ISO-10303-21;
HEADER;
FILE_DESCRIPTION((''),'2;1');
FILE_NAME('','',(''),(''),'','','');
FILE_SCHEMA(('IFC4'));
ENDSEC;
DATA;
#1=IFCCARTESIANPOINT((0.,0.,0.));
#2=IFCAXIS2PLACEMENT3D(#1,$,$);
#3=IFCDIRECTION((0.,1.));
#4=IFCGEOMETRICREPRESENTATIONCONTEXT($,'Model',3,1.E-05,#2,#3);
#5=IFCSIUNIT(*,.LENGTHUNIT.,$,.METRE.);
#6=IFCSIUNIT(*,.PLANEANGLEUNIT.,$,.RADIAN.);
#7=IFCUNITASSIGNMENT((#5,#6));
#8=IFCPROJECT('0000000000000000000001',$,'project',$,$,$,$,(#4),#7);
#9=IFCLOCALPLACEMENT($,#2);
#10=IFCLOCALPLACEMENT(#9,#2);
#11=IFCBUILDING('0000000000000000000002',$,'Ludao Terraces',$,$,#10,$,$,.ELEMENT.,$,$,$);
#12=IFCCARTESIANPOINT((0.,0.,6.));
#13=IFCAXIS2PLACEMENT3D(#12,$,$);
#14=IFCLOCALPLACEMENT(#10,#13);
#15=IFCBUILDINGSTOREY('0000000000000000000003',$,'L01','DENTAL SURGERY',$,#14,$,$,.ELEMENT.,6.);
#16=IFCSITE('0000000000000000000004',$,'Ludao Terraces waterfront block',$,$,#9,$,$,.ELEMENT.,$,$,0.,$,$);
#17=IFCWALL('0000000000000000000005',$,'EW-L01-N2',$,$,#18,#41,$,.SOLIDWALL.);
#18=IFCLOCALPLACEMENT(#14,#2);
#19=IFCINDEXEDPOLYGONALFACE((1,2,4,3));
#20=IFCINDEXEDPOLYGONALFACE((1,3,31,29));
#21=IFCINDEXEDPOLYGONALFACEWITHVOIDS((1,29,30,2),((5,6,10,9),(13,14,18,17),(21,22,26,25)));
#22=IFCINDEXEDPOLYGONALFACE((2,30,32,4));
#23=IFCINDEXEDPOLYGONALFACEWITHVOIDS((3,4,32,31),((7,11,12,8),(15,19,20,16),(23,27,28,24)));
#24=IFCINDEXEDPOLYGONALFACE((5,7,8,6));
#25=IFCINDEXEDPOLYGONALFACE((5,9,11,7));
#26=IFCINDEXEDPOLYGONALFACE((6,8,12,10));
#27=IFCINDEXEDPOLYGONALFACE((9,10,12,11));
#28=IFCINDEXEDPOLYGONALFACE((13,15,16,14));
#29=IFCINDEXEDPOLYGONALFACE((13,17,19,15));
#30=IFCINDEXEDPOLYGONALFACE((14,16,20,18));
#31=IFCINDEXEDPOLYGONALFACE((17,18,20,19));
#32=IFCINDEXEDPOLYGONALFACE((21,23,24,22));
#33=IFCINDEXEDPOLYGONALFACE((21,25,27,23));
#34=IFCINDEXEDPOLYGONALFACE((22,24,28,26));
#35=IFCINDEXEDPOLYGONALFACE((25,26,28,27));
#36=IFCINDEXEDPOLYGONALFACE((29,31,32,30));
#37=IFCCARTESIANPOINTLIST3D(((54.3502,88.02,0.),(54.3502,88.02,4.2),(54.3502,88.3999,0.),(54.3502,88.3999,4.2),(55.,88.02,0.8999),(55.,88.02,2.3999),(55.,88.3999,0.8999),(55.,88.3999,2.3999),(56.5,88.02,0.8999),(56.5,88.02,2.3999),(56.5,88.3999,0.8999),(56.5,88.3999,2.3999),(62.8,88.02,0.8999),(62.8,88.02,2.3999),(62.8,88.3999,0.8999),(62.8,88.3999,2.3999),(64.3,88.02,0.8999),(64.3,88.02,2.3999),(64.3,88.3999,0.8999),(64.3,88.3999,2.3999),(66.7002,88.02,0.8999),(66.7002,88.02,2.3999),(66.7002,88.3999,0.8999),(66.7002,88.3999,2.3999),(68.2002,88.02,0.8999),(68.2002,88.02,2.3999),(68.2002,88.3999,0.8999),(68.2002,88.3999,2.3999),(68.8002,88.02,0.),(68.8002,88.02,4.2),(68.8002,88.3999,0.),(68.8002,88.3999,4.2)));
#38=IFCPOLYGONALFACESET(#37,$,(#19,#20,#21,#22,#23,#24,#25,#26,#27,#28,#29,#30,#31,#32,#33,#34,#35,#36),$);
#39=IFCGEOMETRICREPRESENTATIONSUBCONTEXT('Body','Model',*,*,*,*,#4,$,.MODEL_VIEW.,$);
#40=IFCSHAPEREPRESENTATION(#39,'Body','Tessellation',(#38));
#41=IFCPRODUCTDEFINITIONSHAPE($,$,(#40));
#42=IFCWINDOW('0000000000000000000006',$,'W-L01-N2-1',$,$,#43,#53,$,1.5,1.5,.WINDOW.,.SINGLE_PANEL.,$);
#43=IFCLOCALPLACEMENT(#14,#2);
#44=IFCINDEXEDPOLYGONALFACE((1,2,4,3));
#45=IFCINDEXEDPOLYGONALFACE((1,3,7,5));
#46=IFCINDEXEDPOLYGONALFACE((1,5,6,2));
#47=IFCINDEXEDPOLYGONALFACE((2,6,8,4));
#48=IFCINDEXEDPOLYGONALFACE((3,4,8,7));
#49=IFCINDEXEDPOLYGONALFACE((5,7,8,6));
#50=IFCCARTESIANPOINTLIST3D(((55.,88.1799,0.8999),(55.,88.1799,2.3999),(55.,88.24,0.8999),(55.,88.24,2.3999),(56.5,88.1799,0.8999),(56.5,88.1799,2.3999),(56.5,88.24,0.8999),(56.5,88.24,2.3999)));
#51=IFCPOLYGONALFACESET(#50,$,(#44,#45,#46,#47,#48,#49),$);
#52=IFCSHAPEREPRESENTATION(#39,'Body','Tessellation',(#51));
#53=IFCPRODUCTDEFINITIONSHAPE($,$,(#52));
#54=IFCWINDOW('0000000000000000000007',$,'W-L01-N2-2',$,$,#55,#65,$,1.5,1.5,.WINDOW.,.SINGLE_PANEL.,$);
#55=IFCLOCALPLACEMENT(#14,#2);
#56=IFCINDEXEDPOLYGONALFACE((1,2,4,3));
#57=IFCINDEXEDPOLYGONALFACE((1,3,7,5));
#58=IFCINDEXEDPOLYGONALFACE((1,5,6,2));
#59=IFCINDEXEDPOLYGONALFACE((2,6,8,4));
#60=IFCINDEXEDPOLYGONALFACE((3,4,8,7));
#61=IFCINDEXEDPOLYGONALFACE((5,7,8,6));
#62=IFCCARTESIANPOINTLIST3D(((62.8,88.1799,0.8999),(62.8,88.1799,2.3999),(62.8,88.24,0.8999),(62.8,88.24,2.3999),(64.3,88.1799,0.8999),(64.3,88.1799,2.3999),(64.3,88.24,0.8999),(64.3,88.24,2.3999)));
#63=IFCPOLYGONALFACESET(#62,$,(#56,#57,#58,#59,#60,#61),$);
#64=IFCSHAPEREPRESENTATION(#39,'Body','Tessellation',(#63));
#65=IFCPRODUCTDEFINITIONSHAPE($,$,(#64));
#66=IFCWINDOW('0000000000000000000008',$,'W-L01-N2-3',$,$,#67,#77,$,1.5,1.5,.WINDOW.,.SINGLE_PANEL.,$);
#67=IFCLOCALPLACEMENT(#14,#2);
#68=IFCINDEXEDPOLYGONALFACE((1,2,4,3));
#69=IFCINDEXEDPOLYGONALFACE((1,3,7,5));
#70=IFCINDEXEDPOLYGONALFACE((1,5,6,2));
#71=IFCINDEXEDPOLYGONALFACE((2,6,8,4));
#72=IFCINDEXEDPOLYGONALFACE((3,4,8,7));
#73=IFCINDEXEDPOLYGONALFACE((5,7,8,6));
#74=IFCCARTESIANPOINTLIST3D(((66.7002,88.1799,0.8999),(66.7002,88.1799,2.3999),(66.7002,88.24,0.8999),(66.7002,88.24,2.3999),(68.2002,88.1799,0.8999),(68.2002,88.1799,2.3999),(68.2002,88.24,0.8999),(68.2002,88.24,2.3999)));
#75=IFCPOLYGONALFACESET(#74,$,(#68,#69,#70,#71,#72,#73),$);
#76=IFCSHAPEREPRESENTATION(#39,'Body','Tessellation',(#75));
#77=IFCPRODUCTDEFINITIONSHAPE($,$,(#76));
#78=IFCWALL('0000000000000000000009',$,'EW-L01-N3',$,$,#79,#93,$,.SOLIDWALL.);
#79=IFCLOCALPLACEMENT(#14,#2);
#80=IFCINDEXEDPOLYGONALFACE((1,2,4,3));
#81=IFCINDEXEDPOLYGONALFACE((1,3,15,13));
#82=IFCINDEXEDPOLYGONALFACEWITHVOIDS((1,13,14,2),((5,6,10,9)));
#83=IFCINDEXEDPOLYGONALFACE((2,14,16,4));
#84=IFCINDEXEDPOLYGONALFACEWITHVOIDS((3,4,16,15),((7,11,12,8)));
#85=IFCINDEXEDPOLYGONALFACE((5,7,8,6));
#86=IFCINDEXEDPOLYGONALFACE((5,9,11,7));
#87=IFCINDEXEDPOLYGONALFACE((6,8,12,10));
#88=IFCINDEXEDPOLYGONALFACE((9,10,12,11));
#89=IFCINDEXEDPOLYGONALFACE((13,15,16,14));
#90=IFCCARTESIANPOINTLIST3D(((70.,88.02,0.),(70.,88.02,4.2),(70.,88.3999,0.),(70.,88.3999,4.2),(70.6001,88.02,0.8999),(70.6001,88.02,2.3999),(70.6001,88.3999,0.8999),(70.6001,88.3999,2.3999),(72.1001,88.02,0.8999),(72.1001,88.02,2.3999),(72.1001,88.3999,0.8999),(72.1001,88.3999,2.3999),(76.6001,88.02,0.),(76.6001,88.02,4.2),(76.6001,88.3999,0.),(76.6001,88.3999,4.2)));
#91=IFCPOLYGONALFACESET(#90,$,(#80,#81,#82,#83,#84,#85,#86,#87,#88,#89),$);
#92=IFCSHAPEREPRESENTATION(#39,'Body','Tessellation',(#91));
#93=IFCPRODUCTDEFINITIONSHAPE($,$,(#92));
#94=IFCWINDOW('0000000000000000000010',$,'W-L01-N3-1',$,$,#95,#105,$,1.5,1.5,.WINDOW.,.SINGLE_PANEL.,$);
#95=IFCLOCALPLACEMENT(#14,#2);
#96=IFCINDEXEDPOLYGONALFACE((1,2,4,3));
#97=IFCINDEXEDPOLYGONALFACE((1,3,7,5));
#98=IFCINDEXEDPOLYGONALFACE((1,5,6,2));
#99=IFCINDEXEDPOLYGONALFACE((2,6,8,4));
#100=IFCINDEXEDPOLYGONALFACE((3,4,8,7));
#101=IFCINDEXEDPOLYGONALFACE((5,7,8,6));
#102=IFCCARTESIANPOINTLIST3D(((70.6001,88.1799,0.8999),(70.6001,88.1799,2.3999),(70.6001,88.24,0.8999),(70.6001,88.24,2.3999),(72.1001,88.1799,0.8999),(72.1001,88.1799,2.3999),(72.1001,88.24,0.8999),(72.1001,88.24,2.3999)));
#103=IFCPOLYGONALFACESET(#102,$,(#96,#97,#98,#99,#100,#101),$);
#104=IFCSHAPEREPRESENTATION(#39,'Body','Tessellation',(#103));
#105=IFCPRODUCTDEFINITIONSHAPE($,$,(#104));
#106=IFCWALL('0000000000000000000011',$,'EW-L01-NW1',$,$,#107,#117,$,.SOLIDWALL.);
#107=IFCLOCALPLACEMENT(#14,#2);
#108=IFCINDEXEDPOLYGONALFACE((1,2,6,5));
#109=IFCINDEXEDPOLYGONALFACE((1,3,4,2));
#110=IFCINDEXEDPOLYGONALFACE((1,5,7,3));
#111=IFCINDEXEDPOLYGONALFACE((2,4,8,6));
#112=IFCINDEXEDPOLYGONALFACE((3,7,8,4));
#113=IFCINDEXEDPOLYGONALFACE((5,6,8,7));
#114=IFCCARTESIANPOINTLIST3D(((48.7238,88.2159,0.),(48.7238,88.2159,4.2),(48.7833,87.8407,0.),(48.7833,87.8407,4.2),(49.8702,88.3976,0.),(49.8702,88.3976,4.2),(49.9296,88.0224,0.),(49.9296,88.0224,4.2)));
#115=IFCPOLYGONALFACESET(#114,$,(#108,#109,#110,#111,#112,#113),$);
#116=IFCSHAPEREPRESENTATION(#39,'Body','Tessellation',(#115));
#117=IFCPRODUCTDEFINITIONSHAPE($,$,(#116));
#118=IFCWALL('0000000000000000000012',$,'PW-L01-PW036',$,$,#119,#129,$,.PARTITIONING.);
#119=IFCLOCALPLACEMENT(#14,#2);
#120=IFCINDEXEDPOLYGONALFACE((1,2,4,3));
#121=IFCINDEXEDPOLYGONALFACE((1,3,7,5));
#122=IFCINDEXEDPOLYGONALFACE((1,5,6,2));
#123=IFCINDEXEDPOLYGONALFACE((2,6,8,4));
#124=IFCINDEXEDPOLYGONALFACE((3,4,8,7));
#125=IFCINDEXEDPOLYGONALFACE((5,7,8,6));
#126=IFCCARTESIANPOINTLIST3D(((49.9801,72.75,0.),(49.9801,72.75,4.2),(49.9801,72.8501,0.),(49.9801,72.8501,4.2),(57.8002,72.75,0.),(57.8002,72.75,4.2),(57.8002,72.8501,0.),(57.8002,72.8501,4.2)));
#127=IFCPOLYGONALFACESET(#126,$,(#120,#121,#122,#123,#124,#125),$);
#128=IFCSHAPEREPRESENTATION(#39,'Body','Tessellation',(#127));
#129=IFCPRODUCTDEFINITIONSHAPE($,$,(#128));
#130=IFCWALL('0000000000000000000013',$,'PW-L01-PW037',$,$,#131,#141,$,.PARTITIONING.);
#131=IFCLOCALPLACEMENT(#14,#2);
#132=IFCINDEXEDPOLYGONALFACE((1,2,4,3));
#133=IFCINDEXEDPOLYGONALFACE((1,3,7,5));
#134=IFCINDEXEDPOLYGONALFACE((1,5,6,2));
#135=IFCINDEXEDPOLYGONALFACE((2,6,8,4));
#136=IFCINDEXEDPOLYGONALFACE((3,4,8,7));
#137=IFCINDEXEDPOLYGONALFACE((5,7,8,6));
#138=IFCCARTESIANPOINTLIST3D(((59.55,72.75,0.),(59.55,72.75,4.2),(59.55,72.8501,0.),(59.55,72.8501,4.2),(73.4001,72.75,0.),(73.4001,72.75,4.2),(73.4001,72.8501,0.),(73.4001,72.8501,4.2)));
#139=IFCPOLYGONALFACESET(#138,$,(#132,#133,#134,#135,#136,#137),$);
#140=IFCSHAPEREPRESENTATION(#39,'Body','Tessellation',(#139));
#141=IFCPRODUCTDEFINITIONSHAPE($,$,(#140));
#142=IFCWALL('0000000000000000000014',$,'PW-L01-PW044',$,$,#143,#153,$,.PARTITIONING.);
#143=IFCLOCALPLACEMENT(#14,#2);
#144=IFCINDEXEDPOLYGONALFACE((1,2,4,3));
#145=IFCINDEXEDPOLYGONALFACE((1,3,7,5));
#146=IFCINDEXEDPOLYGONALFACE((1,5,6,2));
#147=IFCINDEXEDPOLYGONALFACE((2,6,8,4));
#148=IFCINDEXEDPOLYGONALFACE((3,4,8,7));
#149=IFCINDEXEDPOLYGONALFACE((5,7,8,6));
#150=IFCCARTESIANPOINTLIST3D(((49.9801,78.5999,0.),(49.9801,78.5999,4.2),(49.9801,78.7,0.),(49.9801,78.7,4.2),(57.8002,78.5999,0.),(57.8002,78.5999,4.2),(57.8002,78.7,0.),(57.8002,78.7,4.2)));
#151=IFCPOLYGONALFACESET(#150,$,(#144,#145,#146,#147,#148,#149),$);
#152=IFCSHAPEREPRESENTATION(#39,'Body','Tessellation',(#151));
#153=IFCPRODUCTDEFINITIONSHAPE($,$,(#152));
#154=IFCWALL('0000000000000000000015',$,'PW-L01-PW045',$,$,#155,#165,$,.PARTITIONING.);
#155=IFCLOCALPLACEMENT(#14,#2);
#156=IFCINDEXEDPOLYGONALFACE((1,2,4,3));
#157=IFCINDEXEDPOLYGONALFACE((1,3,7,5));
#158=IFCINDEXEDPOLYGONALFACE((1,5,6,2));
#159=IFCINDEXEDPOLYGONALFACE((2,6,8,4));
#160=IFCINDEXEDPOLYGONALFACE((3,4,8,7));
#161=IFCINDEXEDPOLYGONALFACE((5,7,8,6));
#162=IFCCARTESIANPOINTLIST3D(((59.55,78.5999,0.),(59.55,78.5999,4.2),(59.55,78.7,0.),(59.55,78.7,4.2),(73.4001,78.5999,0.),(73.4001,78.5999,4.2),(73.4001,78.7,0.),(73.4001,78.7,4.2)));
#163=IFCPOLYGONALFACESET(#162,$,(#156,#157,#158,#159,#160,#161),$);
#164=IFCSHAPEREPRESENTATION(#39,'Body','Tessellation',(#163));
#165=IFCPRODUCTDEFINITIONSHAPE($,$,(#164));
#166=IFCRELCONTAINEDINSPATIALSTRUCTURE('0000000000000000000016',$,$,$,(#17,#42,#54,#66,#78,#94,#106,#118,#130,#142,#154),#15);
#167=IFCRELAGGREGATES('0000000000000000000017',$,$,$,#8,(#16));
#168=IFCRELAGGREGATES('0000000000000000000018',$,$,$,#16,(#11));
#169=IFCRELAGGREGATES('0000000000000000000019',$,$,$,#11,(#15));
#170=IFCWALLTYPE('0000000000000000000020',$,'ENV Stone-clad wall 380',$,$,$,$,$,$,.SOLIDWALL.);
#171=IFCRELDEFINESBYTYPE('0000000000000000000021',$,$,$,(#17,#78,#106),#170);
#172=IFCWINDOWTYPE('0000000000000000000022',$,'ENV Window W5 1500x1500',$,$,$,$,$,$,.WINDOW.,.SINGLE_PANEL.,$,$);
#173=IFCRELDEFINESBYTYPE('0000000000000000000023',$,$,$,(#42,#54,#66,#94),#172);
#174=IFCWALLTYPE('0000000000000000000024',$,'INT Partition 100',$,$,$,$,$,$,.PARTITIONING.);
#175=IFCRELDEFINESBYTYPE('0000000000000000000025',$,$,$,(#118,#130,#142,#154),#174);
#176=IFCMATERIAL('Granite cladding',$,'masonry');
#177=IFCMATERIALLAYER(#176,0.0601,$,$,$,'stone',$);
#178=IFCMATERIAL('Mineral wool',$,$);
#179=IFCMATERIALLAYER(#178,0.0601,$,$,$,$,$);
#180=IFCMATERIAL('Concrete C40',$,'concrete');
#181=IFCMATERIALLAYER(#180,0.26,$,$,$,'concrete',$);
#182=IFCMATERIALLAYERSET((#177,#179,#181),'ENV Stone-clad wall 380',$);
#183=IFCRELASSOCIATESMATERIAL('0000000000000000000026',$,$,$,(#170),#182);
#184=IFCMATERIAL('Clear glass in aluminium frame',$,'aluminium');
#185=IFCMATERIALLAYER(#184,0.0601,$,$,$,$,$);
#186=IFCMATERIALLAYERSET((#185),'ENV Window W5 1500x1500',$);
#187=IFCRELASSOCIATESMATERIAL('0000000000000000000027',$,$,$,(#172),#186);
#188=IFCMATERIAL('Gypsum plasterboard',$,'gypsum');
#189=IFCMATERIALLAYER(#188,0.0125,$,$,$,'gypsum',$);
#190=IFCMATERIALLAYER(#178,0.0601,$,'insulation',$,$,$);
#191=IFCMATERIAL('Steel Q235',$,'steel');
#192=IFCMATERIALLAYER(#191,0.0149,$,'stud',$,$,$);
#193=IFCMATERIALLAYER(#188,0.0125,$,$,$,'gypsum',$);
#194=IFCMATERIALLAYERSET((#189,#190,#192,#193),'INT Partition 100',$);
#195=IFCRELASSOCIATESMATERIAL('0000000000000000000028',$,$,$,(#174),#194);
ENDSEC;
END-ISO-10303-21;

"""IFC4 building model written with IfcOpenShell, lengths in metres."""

from ifc_helpers import new_model, si_unit, direction, frame, frame_2d, origin, place, context, subcontext, project, spatial, rectangle, extrude, material, layer, layer_set, type_object, element, fill, save


model = new_model("IFC4")

# Units and contexts
model_context = context("Model", 3, precision=1e-05, world=origin(), true_north=direction((0.0, 1.0)))
body_context = subcontext(model_context, "Body", "Model", "MODEL_VIEW")
ifc_project = project(units=[si_unit("LENGTHUNIT", "METRE"), si_unit("PLANEANGLEUNIT", "RADIAN")], contexts=[model_context])

# Site, building, storey
site_placement = place(None, origin())
site = spatial("IfcSite", under=ifc_project, at=site_placement, Name="Ludao Terraces waterfront block", CompositionType="ELEMENT", RefElevation=0.0)
building_placement = place(site_placement, origin())
building = spatial("IfcBuilding", under=site, at=building_placement, Name="Ludao Terraces", CompositionType="ELEMENT")
storey_placement = place(building_placement, frame((0.0, 0.0, 6.0)))
storey = spatial("IfcBuildingStorey", under=building, at=storey_placement, Name="L01", Description="DENTAL SURGERY", CompositionType="ELEMENT", Elevation=6.0)

# Shared definitions
ifc_material_1 = material(Name="Granite cladding", Category="masonry")
ifc_layer_1 = layer(ifc_material_1, 0.0601, Category="stone")
ifc_material_2 = material(Name="Mineral wool")
ifc_layer_2 = layer(ifc_material_2, 0.0601)
ifc_material_3 = material(Name="Concrete C40", Category="concrete")
ifc_layer_3 = layer(ifc_material_3, 0.26, Category="concrete")
ifc_layer_set_1 = layer_set([ifc_layer_1, ifc_layer_2, ifc_layer_3], Name="ENV Stone-clad wall 380")
wall_type_1 = type_object("IfcWallType", Name="ENV Stone-clad wall 380", PredefinedType="SOLIDWALL", material=ifc_layer_set_1)
ifc_material_4 = material(Name="Clear glass in aluminium frame", Category="aluminium")
ifc_layer_4 = layer(ifc_material_4, 0.0601)
ifc_layer_set_2 = layer_set([ifc_layer_4], Name="ENV Window W5 1500x1500")
window_type = type_object("IfcWindowType", Name="ENV Window W5 1500x1500", PartitioningType="SINGLE_PANEL", PredefinedType="WINDOW", material=ifc_layer_set_2)

# Wall, openings, windows
wall_1_placement = place(storey_placement, frame((54.3501, 88.21, 0.0), z_axis=(0.0, 0.0, 1.0), x_axis=(1.0, 0.0, 0.0)))
wall_1 = element("IfcWall", 1, at=wall_1_placement, inside=storey, type_object=wall_type_1, Name="EW-L01-N2", PredefinedType="SOLIDWALL", context=body_context, shape_type="SweptSolid", body=[
    extrude(rectangle(XDim=14.45, YDim=0.3799, at=frame_2d((7.2251, 0.0))), origin(), (0.0, 0.0, 1.0), 4.2),
])
opening_1_placement = place(wall_1_placement, frame((0.6499, 0.0, 0.8999)))
opening_1 = element("IfcOpeningElement", 2, at=opening_1_placement, cuts=wall_1, PredefinedType="OPENING", context=body_context, shape_type="SweptSolid", body=[
    extrude(rectangle(XDim=1.5, YDim=1.5, at=frame_2d((0.75, 0.75))), frame((0.0, 0.2, 0.0), z_axis=(0.0, -1.0, 0.0), x_axis=(1.0, 0.0, 0.0)), (0.0, 0.0, 1.0), 0.3999),
])
opening_2_placement = place(wall_1_placement, frame((8.45, 0.0, 0.8999)))
opening_2 = element("IfcOpeningElement", 3, at=opening_2_placement, cuts=wall_1, PredefinedType="OPENING", context=body_context, shape_type="SweptSolid", body=[
    extrude(rectangle(XDim=1.5, YDim=1.5, at=frame_2d((0.75, 0.75))), frame((0.0, 0.2, 0.0), z_axis=(0.0, -1.0, 0.0), x_axis=(1.0, 0.0, 0.0)), (0.0, 0.0, 1.0), 0.3999),
])
opening_3_placement = place(wall_1_placement, frame((12.3501, 0.0, 0.8999)))
opening_3 = element("IfcOpeningElement", 4, at=opening_3_placement, cuts=wall_1, PredefinedType="OPENING", context=body_context, shape_type="SweptSolid", body=[
    extrude(rectangle(XDim=1.5, YDim=1.5, at=frame_2d((0.75, 0.75))), frame((0.0, 0.2, 0.0), z_axis=(0.0, -1.0, 0.0), x_axis=(1.0, 0.0, 0.0)), (0.0, 0.0, 1.0), 0.3999),
])
window_1_placement = place(opening_1_placement, origin())
window_1 = element("IfcWindow", 5, at=window_1_placement, inside=storey, type_object=window_type, Name="W-L01-N2-1", OverallHeight=1.5, OverallWidth=1.5, PartitioningType="SINGLE_PANEL", PredefinedType="WINDOW", context=body_context, shape_type="SweptSolid", body=[
    extrude(rectangle(XDim=1.5, YDim=1.5, at=frame_2d((0.75, 0.75))), frame((0.0, 0.03, 0.0), z_axis=(0.0, -1.0, 0.0), x_axis=(1.0, 0.0, 0.0)), (0.0, 0.0, 1.0), 0.0601),
])
fill(opening_1, window_1)
window_2_placement = place(opening_2_placement, origin())
window_2 = element("IfcWindow", 6, at=window_2_placement, inside=storey, type_object=window_type, Name="W-L01-N2-2", OverallHeight=1.5, OverallWidth=1.5, PartitioningType="SINGLE_PANEL", PredefinedType="WINDOW", context=body_context, shape_type="SweptSolid", body=[
    extrude(rectangle(XDim=1.5, YDim=1.5, at=frame_2d((0.75, 0.75))), frame((0.0, 0.03, 0.0), z_axis=(0.0, -1.0, 0.0), x_axis=(1.0, 0.0, 0.0)), (0.0, 0.0, 1.0), 0.0601),
])
fill(opening_2, window_2)
window_3_placement = place(opening_3_placement, origin())
window_3 = element("IfcWindow", 7, at=window_3_placement, inside=storey, type_object=window_type, Name="W-L01-N2-3", OverallHeight=1.5, OverallWidth=1.5, PartitioningType="SINGLE_PANEL", PredefinedType="WINDOW", context=body_context, shape_type="SweptSolid", body=[
    extrude(rectangle(XDim=1.5, YDim=1.5, at=frame_2d((0.75, 0.75))), frame((0.0, 0.03, 0.0), z_axis=(0.0, -1.0, 0.0), x_axis=(1.0, 0.0, 0.0)), (0.0, 0.0, 1.0), 0.0601),
])
fill(opening_3, window_3)

# Wall, opening, window
wall_2_placement = place(storey_placement, frame((70.0, 88.21, 0.0), z_axis=(0.0, 0.0, 1.0), x_axis=(1.0, 0.0, 0.0)))
wall_2 = element("IfcWall", 8, at=wall_2_placement, inside=storey, type_object=wall_type_1, Name="EW-L01-N3", PredefinedType="SOLIDWALL", context=body_context, shape_type="SweptSolid", body=[
    extrude(rectangle(XDim=6.6001, YDim=0.3799, at=frame_2d((3.3, 0.0))), origin(), (0.0, 0.0, 1.0), 4.2),
])
opening_4_placement = place(wall_2_placement, frame((0.6001, 0.0, 0.8999)))
opening_4 = element("IfcOpeningElement", 9, at=opening_4_placement, cuts=wall_2, PredefinedType="OPENING", context=body_context, shape_type="SweptSolid", body=[
    extrude(rectangle(XDim=1.5, YDim=1.5, at=frame_2d((0.75, 0.75))), frame((0.0, 0.2, 0.0), z_axis=(0.0, -1.0, 0.0), x_axis=(1.0, 0.0, 0.0)), (0.0, 0.0, 1.0), 0.3999),
])
window_4_placement = place(opening_4_placement, origin())
window_4 = element("IfcWindow", 10, at=window_4_placement, inside=storey, type_object=window_type, Name="W-L01-N3-1", OverallHeight=1.5, OverallWidth=1.5, PartitioningType="SINGLE_PANEL", PredefinedType="WINDOW", context=body_context, shape_type="SweptSolid", body=[
    extrude(rectangle(XDim=1.5, YDim=1.5, at=frame_2d((0.75, 0.75))), frame((0.0, 0.03, 0.0), z_axis=(0.0, -1.0, 0.0), x_axis=(1.0, 0.0, 0.0)), (0.0, 0.0, 1.0), 0.0601),
])
fill(opening_4, window_4)

# Walls
wall_3_placement = place(storey_placement, frame((49.8999, 88.21, 0.0), z_axis=(0.0, 0.0, 1.0), x_axis=(-0.987676, -0.156513, 0.0)))
element("IfcWall", 11, at=wall_3_placement, inside=storey, type_object=wall_type_1, Name="EW-L01-NW1", PredefinedType="SOLIDWALL", context=body_context, shape_type="SweptSolid", body=[
    extrude(rectangle(XDim=1.1606, YDim=0.3799, at=frame_2d((0.5803, 0.0))), origin(), (0.0, 0.0, 1.0), 4.2),
])
ifc_material_5 = material(Name="Gypsum plasterboard", Category="gypsum")
ifc_layer_5 = layer(ifc_material_5, 0.0125, Category="gypsum")
ifc_layer_6 = layer(ifc_material_2, 0.0601, Name="insulation")
ifc_material_6 = material(Name="Steel Q235", Category="steel")
ifc_layer_7 = layer(ifc_material_6, 0.0149, Name="stud")
ifc_layer_8 = layer(ifc_material_5, 0.0125, Category="gypsum")
ifc_layer_set_3 = layer_set([ifc_layer_5, ifc_layer_6, ifc_layer_7, ifc_layer_8], Name="INT Partition 100")
wall_type_2 = type_object("IfcWallType", Name="INT Partition 100", PredefinedType="PARTITIONING", material=ifc_layer_set_3)
wall_4_placement = place(storey_placement, frame((49.98, 72.8, 0.0), z_axis=(0.0, 0.0, 1.0), x_axis=(1.0, 0.0, 0.0)))
element("IfcWall", 12, at=wall_4_placement, inside=storey, type_object=wall_type_2, Name="PW-L01-PW036", PredefinedType="PARTITIONING", context=body_context, shape_type="SweptSolid", body=[
    extrude(rectangle(XDim=7.8201, YDim=0.1001, at=frame_2d((3.9102, 0.0))), origin(), (0.0, 0.0, 1.0), 4.2),
])
wall_5_placement = place(storey_placement, frame((59.55, 72.8, 0.0), z_axis=(0.0, 0.0, 1.0), x_axis=(1.0, 0.0, 0.0)))
element("IfcWall", 13, at=wall_5_placement, inside=storey, type_object=wall_type_2, Name="PW-L01-PW037", PredefinedType="PARTITIONING", context=body_context, shape_type="SweptSolid", body=[
    extrude(rectangle(XDim=13.8501, YDim=0.1001, at=frame_2d((6.925, 0.0))), origin(), (0.0, 0.0, 1.0), 4.2),
])
wall_6_placement = place(storey_placement, frame((49.98, 78.6499, 0.0), z_axis=(0.0, 0.0, 1.0), x_axis=(1.0, 0.0, 0.0)))
element("IfcWall", 14, at=wall_6_placement, inside=storey, type_object=wall_type_2, Name="PW-L01-PW044", PredefinedType="PARTITIONING", context=body_context, shape_type="SweptSolid", body=[
    extrude(rectangle(XDim=7.8201, YDim=0.1001, at=frame_2d((3.9102, 0.0))), origin(), (0.0, 0.0, 1.0), 4.2),
])
wall_7_placement = place(storey_placement, frame((59.55, 78.6499, 0.0), z_axis=(0.0, 0.0, 1.0), x_axis=(1.0, 0.0, 0.0)))
element("IfcWall", 15, at=wall_7_placement, inside=storey, type_object=wall_type_2, Name="PW-L01-PW045", PredefinedType="PARTITIONING", context=body_context, shape_type="SweptSolid", body=[
    extrude(rectangle(XDim=13.8501, YDim=0.1001, at=frame_2d((6.925, 0.0))), origin(), (0.0, 0.0, 1.0), 4.2),
])

save(model, "model.ifc")
